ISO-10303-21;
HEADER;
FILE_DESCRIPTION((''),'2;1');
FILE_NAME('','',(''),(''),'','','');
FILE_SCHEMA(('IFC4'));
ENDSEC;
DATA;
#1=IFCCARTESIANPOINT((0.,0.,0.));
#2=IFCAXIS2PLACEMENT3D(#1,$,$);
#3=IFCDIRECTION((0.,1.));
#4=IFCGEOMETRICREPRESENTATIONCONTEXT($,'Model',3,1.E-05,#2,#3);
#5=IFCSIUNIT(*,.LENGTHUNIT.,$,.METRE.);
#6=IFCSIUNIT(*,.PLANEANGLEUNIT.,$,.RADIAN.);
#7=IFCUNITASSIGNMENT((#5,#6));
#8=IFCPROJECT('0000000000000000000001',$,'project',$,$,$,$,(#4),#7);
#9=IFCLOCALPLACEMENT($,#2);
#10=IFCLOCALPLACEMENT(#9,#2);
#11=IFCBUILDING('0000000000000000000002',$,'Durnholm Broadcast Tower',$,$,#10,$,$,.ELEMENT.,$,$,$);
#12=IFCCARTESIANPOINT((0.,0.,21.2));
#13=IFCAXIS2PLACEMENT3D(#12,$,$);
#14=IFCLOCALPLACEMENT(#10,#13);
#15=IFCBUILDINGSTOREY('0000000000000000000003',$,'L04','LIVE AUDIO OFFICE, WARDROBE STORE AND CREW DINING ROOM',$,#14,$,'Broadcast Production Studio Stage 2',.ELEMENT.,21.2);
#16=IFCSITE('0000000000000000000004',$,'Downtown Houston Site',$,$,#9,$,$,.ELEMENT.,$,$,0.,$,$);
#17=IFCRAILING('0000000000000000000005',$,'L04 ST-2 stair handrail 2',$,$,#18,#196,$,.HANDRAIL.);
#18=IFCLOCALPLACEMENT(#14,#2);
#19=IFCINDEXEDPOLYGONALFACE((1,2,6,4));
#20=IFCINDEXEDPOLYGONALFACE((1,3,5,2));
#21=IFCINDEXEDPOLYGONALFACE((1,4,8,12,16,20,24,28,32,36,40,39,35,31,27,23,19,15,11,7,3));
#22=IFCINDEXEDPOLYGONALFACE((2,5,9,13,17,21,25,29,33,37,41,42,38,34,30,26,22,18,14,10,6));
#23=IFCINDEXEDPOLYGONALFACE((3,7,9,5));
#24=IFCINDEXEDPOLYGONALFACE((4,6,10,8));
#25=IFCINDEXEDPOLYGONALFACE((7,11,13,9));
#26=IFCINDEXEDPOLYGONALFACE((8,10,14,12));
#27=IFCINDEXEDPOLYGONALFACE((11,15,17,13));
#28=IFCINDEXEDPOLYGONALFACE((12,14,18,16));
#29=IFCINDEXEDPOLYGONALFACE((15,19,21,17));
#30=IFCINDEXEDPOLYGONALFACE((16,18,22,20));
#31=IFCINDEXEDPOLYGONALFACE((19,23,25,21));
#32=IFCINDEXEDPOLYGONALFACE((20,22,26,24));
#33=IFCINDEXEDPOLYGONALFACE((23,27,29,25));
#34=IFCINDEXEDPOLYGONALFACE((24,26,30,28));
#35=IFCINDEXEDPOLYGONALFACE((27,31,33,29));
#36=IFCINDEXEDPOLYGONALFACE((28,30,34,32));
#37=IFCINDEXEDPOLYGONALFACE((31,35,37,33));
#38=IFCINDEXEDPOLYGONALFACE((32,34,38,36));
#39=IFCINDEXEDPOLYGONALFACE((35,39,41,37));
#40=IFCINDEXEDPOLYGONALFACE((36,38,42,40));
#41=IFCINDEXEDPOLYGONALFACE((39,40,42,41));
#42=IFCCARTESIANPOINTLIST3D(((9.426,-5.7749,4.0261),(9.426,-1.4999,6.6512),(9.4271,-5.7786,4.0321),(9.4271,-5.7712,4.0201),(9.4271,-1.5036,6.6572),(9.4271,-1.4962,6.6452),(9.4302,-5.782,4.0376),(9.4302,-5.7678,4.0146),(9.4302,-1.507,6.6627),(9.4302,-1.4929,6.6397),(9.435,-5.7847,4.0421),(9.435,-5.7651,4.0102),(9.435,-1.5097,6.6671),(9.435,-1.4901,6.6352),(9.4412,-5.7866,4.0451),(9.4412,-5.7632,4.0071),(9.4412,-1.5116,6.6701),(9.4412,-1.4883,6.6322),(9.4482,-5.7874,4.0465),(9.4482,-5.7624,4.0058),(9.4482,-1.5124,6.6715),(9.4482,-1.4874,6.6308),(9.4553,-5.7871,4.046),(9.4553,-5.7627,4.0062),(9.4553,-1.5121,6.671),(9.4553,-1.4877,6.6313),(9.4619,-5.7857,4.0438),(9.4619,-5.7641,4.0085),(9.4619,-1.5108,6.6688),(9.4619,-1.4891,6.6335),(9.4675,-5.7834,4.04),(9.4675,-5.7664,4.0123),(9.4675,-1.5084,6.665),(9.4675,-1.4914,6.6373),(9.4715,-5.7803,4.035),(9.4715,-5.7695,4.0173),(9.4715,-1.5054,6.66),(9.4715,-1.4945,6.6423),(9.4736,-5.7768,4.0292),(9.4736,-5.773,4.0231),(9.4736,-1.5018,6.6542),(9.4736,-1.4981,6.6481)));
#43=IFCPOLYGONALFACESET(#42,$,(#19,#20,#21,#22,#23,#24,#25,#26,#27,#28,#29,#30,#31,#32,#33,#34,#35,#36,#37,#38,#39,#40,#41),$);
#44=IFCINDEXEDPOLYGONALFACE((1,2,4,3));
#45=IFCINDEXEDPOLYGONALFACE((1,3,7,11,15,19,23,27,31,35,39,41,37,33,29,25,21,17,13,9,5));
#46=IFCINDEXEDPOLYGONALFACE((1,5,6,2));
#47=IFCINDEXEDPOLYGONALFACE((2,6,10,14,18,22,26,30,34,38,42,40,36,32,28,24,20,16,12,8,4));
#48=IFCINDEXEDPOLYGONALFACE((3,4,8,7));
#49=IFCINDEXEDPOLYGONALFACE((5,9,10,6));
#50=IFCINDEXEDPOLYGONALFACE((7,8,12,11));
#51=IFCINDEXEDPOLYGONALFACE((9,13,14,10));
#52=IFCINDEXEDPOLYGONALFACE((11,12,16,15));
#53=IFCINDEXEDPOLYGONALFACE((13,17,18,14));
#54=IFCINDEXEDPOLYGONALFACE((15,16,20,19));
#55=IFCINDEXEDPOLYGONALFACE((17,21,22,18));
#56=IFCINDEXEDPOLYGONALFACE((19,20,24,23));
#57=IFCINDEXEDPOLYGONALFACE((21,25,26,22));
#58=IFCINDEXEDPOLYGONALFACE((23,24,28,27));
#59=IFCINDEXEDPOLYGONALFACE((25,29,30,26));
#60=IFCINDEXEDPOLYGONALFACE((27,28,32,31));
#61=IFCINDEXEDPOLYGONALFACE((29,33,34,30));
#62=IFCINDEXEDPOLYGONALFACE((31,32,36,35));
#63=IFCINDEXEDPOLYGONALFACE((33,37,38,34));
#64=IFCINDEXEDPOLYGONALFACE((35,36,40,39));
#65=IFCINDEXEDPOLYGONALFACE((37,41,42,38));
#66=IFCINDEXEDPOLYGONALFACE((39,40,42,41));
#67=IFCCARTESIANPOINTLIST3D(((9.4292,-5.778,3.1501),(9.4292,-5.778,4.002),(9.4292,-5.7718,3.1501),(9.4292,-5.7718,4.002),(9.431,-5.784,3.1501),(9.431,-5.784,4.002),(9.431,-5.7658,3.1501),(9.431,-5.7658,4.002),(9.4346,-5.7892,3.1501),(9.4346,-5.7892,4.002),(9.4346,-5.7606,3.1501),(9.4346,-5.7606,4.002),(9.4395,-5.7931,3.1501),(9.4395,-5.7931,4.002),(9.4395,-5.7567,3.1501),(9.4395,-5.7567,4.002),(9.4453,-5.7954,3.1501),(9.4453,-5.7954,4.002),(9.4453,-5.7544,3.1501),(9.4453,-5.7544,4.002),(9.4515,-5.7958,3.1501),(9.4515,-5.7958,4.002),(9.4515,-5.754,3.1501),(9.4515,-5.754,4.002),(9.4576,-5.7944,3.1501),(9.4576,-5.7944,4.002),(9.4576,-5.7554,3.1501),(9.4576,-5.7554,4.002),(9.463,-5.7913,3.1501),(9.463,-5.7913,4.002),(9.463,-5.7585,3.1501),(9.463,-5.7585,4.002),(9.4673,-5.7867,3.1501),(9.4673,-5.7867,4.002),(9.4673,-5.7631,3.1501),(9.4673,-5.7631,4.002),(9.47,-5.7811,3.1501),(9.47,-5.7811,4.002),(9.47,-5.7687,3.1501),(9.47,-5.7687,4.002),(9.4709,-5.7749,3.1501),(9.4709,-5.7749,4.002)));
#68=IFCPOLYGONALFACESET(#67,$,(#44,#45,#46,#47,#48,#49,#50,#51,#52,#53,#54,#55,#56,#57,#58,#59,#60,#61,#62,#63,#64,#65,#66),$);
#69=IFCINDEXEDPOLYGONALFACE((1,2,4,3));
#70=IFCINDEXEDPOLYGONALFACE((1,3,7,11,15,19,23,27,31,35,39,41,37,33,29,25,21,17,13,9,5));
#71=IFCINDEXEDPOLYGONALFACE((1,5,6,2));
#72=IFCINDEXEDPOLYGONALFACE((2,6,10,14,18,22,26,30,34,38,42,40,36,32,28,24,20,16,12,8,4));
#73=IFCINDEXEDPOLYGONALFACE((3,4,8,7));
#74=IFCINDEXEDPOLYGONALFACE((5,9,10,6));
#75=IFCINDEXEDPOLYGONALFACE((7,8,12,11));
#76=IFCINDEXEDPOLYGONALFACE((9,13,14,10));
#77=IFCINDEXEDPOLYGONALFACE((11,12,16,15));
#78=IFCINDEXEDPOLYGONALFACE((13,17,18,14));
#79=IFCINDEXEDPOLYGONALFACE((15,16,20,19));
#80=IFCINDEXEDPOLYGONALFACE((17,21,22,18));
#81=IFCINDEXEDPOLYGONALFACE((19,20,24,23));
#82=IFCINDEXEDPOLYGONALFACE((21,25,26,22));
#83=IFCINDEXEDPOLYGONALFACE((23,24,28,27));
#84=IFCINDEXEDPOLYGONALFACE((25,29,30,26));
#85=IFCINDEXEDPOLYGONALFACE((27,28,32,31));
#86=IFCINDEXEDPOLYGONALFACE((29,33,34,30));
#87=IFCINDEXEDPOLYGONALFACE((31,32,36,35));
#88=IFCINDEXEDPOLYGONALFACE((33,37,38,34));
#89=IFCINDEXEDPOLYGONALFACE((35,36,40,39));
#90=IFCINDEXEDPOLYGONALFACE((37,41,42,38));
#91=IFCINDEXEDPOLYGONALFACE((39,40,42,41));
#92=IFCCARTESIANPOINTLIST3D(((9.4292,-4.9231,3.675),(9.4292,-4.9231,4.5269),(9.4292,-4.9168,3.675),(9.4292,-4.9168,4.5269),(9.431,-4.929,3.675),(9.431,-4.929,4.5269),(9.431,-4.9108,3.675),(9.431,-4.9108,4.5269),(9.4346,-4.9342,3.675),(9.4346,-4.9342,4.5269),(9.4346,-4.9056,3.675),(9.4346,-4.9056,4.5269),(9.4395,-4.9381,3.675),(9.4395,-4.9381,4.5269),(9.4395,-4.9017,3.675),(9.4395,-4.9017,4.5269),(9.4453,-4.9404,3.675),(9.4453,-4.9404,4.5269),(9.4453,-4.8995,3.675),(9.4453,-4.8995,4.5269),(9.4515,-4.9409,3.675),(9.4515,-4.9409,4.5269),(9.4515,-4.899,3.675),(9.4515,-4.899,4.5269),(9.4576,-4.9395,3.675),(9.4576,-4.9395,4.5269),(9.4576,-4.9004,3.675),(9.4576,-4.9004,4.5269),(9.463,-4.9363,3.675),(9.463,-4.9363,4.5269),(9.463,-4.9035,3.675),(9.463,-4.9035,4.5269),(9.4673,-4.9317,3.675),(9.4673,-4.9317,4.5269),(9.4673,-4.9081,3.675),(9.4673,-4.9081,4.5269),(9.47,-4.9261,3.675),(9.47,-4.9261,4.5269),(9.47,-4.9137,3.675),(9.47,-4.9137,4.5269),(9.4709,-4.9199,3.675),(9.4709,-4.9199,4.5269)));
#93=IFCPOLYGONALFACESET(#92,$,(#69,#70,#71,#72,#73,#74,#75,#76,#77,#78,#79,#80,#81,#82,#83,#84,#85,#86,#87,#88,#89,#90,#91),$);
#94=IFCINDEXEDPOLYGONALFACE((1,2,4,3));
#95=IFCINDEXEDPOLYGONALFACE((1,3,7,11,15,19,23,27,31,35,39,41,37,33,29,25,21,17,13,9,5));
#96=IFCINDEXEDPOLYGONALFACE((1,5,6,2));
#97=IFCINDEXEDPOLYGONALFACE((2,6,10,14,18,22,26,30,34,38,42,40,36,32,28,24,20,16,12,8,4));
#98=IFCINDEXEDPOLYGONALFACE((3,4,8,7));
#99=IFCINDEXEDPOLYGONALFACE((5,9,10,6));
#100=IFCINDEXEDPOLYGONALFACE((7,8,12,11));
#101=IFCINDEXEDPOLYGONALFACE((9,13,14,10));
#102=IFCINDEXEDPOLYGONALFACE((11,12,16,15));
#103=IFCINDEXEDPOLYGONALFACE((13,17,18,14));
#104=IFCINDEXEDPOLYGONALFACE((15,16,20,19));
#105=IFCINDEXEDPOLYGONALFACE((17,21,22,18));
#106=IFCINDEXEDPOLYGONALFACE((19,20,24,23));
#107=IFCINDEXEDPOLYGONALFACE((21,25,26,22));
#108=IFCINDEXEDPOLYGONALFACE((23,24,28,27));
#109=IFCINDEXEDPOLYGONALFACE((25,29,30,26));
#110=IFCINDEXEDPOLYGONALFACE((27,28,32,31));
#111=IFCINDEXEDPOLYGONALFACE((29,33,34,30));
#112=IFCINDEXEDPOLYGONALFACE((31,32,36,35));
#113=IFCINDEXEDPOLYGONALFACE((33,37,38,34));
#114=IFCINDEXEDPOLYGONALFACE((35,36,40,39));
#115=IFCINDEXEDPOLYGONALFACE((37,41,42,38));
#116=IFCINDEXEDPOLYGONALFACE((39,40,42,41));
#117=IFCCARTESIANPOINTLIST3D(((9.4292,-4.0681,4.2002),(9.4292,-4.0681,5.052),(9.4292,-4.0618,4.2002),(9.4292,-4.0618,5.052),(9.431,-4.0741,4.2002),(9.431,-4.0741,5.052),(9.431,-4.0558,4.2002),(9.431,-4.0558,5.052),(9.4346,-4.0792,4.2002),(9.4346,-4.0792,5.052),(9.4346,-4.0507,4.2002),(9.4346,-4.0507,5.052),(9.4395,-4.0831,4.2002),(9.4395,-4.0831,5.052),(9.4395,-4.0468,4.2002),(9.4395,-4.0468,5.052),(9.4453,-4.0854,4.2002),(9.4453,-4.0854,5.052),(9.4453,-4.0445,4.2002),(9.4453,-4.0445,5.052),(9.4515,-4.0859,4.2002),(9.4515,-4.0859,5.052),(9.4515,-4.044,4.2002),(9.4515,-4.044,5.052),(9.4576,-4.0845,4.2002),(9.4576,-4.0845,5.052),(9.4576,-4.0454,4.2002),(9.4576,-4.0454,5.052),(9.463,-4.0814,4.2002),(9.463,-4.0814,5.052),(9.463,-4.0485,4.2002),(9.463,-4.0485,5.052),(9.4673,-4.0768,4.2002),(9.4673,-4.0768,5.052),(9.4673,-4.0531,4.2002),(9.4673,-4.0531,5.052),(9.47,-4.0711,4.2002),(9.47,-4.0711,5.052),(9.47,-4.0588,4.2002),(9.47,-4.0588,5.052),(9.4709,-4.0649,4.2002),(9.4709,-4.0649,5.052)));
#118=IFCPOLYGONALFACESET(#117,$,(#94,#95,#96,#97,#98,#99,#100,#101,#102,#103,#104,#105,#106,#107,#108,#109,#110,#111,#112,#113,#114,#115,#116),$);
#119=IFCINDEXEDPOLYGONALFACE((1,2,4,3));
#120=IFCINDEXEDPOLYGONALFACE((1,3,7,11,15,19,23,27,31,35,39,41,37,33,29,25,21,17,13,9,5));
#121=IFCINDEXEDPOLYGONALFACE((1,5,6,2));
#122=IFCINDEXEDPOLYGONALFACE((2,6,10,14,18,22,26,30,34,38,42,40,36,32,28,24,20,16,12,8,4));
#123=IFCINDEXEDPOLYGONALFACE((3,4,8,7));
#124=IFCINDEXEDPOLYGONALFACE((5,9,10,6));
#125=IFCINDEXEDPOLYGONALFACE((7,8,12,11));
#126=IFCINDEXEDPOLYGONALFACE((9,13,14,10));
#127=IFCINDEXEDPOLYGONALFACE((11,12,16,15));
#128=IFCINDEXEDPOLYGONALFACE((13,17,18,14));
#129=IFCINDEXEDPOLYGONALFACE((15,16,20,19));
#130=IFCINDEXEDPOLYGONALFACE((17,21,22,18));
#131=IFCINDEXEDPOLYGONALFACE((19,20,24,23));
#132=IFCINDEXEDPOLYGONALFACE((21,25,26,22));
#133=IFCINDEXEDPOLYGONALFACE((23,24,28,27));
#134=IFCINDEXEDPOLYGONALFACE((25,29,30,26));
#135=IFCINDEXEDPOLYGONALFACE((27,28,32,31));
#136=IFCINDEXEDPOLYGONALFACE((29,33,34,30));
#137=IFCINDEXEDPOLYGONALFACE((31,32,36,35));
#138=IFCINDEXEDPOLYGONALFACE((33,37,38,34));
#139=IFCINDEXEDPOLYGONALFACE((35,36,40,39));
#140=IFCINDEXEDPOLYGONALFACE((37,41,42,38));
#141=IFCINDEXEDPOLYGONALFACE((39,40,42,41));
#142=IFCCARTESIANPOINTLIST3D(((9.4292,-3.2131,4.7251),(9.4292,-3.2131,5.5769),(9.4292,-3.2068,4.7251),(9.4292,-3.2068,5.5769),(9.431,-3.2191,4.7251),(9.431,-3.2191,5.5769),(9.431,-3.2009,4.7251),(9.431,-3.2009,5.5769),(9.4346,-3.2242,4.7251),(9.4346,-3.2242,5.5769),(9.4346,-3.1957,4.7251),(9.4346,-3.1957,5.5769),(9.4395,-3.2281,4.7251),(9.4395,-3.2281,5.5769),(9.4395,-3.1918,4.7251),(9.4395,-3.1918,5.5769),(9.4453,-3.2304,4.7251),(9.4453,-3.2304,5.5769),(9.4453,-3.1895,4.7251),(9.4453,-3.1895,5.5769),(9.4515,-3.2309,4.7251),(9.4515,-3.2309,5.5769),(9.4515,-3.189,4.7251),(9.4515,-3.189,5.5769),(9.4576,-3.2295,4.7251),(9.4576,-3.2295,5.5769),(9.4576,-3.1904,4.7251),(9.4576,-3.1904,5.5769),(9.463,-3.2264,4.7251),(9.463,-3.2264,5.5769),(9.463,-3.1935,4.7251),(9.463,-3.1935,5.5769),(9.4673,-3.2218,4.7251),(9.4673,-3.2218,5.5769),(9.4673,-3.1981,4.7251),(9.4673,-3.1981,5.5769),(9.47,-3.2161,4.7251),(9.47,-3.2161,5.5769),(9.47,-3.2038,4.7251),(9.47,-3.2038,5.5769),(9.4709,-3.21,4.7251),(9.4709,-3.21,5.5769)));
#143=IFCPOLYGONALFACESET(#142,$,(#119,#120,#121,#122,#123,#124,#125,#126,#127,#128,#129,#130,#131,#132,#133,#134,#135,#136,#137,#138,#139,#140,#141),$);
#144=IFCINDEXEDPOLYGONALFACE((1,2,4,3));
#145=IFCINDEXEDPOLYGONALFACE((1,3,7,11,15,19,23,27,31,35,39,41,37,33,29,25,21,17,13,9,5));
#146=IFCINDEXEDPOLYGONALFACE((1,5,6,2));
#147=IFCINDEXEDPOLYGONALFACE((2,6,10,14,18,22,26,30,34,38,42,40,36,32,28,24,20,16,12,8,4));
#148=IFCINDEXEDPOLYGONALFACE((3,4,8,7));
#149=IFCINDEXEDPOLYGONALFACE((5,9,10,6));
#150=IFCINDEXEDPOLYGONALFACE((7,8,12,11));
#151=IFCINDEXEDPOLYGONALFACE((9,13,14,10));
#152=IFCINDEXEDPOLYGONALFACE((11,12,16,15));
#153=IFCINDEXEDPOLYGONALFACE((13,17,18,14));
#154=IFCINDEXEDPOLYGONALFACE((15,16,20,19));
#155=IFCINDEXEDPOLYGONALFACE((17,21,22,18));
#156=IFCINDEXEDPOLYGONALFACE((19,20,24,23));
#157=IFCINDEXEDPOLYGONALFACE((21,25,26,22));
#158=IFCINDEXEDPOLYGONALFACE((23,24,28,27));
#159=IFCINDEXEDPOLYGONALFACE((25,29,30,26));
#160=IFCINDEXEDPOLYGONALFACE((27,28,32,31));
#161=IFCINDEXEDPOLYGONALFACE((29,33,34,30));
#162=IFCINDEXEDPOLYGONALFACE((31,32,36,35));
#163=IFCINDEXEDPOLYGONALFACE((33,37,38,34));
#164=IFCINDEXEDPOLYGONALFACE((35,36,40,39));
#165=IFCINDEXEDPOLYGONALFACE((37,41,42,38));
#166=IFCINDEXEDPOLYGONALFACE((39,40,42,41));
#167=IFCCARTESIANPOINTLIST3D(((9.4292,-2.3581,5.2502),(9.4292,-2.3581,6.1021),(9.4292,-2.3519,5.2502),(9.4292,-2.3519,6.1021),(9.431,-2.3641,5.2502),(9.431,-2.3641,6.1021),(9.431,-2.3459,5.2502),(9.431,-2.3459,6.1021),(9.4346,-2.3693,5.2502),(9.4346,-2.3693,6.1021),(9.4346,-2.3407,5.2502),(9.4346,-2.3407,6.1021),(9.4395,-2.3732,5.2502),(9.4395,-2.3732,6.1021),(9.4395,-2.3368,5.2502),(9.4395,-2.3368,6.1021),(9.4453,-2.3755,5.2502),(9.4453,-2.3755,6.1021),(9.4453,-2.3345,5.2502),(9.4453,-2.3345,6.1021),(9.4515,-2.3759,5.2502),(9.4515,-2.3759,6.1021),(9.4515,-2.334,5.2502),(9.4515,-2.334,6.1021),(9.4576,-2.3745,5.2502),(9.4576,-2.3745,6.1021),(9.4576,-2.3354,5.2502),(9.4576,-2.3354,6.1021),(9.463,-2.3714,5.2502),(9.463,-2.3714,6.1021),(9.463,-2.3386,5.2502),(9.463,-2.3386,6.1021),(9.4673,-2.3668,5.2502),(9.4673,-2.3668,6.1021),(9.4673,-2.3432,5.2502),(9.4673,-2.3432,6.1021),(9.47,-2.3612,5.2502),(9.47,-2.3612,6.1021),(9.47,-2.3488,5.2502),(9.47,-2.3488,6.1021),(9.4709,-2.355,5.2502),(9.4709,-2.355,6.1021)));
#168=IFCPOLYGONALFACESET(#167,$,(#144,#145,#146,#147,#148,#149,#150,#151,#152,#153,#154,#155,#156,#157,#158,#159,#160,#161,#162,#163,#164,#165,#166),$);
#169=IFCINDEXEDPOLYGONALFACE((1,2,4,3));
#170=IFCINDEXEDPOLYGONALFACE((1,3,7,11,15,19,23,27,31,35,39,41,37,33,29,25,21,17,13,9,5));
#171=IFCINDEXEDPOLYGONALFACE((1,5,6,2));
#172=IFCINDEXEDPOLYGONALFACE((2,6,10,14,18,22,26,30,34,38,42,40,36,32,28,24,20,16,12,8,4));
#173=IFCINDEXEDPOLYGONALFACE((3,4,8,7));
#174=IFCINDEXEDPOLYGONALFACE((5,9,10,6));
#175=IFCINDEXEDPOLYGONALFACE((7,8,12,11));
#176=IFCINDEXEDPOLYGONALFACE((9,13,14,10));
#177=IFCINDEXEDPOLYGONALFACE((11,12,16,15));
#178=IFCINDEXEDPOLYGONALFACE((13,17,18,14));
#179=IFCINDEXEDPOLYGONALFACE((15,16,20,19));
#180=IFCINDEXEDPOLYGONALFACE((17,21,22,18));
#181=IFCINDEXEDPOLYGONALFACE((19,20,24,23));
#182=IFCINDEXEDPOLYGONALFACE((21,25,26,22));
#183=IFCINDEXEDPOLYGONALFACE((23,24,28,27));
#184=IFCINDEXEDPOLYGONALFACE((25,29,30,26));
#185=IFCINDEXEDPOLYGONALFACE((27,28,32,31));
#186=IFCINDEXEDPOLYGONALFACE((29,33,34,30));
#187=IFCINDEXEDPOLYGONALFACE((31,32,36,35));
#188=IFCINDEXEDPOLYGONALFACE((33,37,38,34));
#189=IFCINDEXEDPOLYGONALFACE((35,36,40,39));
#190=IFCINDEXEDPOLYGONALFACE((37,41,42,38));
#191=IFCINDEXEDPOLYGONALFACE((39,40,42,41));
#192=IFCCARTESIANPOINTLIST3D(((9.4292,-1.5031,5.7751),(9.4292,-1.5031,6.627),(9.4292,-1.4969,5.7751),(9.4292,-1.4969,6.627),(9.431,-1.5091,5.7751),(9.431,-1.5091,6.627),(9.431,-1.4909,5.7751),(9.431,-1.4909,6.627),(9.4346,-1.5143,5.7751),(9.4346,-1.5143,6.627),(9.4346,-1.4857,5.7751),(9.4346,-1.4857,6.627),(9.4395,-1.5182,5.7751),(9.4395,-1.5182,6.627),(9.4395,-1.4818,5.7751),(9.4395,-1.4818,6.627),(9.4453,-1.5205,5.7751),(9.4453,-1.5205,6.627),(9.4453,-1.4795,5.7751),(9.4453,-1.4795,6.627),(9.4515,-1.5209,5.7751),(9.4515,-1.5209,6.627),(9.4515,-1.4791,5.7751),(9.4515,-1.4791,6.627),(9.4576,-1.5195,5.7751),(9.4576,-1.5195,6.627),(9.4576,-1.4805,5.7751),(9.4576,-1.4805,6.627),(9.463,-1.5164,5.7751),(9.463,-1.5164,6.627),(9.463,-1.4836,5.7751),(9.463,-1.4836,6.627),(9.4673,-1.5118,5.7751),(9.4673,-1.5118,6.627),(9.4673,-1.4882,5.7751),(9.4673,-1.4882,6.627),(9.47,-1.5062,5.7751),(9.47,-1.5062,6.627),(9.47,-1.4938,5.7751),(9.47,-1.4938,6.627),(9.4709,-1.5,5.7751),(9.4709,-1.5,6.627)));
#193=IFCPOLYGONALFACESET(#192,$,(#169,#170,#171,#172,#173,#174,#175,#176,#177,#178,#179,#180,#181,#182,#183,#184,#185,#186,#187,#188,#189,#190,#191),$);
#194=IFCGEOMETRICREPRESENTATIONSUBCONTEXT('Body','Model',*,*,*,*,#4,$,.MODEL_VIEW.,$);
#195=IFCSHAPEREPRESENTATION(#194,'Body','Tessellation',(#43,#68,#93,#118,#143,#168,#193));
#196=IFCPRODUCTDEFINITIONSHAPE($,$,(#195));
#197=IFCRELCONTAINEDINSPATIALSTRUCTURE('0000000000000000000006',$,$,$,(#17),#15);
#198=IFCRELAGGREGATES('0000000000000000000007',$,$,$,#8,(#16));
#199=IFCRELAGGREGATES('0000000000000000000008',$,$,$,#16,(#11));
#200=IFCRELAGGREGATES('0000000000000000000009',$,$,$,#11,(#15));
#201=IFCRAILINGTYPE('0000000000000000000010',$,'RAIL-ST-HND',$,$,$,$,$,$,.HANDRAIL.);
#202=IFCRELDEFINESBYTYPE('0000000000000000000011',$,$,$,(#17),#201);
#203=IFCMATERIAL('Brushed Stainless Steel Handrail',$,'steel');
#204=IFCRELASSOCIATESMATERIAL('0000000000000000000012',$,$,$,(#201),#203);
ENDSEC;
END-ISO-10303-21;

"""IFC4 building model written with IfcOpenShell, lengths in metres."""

from ifc_helpers import new_model, si_unit, direction, frame, origin, origin_2d, place, context, subcontext, project, spatial, circle, extrude, material, type_object, element, save


model = new_model("IFC4")

# Units and contexts
model_context = context("Model", 3, precision=1e-05, world=origin(), true_north=direction((0.0, 1.0)))
body_context = subcontext(model_context, "Body", "Model", "MODEL_VIEW")
ifc_project = project(units=[si_unit("LENGTHUNIT", "METRE"), si_unit("PLANEANGLEUNIT", "RADIAN")], contexts=[model_context])

# Site, building, storey
site_placement = place(None, origin())
site = spatial("IfcSite", under=ifc_project, at=site_placement, Name="Downtown Houston Site", CompositionType="ELEMENT", RefElevation=0.0)
building_placement = place(site_placement, origin())
building = spatial("IfcBuilding", under=site, at=building_placement, Name="Durnholm Broadcast Tower", CompositionType="ELEMENT")
storey_placement = place(building_placement, frame((0.0, 0.0, 21.2)))
storey = spatial("IfcBuildingStorey", under=building, at=storey_placement, Name="L04", Description="LIVE AUDIO OFFICE, WARDROBE STORE AND CREW DINING ROOM", LongName="Broadcast Production Studio Stage 2", CompositionType="ELEMENT", Elevation=21.2)

# Railing
ifc_material_1 = material(Name="Brushed Stainless Steel Handrail", Category="steel")
railing_type_1 = type_object("IfcRailingType", Name="RAIL-ST-HND", PredefinedType="HANDRAIL", material=ifc_material_1)
railing_1_placement = place(storey_placement, frame((9.45, -5.7749, 3.1501)))
element("IfcRailing", 1, at=railing_1_placement, inside=storey, type_object=railing_type_1, Name="L04 ST-2 stair handrail 2", PredefinedType="HANDRAIL", context=body_context, shape_type="SweptSolid", body=[
    extrude(circle(Radius=0.0239, at=origin_2d()), frame((0.0, 0.0, 0.876), z_axis=(0.0, 0.852166, 0.523272), x_axis=(-1.0, 0.0, 0.0)), (0.0, 0.0, 1.0), 5.0166),
    extrude(circle(Radius=0.021, at=origin_2d()), origin(), (0.0, 0.0, 1.0), 0.8518),
    extrude(circle(Radius=0.021, at=origin_2d()), frame((0.0, 0.855, 0.5249)), (0.0, 0.0, 1.0), 0.8518),
    extrude(circle(Radius=0.021, at=origin_2d()), frame((0.0, 1.71, 1.05)), (0.0, 0.0, 1.0), 0.8518),
    extrude(circle(Radius=0.021, at=origin_2d()), frame((0.0, 2.5649, 1.575)), (0.0, 0.0, 1.0), 0.8518),
    extrude(circle(Radius=0.021, at=origin_2d()), frame((0.0, 3.4199, 2.1001)), (0.0, 0.0, 1.0), 0.8518),
    extrude(circle(Radius=0.021, at=origin_2d()), frame((0.0, 4.2749, 2.625)), (0.0, 0.0, 1.0), 0.8518),
])

save(model, "model.ifc")
